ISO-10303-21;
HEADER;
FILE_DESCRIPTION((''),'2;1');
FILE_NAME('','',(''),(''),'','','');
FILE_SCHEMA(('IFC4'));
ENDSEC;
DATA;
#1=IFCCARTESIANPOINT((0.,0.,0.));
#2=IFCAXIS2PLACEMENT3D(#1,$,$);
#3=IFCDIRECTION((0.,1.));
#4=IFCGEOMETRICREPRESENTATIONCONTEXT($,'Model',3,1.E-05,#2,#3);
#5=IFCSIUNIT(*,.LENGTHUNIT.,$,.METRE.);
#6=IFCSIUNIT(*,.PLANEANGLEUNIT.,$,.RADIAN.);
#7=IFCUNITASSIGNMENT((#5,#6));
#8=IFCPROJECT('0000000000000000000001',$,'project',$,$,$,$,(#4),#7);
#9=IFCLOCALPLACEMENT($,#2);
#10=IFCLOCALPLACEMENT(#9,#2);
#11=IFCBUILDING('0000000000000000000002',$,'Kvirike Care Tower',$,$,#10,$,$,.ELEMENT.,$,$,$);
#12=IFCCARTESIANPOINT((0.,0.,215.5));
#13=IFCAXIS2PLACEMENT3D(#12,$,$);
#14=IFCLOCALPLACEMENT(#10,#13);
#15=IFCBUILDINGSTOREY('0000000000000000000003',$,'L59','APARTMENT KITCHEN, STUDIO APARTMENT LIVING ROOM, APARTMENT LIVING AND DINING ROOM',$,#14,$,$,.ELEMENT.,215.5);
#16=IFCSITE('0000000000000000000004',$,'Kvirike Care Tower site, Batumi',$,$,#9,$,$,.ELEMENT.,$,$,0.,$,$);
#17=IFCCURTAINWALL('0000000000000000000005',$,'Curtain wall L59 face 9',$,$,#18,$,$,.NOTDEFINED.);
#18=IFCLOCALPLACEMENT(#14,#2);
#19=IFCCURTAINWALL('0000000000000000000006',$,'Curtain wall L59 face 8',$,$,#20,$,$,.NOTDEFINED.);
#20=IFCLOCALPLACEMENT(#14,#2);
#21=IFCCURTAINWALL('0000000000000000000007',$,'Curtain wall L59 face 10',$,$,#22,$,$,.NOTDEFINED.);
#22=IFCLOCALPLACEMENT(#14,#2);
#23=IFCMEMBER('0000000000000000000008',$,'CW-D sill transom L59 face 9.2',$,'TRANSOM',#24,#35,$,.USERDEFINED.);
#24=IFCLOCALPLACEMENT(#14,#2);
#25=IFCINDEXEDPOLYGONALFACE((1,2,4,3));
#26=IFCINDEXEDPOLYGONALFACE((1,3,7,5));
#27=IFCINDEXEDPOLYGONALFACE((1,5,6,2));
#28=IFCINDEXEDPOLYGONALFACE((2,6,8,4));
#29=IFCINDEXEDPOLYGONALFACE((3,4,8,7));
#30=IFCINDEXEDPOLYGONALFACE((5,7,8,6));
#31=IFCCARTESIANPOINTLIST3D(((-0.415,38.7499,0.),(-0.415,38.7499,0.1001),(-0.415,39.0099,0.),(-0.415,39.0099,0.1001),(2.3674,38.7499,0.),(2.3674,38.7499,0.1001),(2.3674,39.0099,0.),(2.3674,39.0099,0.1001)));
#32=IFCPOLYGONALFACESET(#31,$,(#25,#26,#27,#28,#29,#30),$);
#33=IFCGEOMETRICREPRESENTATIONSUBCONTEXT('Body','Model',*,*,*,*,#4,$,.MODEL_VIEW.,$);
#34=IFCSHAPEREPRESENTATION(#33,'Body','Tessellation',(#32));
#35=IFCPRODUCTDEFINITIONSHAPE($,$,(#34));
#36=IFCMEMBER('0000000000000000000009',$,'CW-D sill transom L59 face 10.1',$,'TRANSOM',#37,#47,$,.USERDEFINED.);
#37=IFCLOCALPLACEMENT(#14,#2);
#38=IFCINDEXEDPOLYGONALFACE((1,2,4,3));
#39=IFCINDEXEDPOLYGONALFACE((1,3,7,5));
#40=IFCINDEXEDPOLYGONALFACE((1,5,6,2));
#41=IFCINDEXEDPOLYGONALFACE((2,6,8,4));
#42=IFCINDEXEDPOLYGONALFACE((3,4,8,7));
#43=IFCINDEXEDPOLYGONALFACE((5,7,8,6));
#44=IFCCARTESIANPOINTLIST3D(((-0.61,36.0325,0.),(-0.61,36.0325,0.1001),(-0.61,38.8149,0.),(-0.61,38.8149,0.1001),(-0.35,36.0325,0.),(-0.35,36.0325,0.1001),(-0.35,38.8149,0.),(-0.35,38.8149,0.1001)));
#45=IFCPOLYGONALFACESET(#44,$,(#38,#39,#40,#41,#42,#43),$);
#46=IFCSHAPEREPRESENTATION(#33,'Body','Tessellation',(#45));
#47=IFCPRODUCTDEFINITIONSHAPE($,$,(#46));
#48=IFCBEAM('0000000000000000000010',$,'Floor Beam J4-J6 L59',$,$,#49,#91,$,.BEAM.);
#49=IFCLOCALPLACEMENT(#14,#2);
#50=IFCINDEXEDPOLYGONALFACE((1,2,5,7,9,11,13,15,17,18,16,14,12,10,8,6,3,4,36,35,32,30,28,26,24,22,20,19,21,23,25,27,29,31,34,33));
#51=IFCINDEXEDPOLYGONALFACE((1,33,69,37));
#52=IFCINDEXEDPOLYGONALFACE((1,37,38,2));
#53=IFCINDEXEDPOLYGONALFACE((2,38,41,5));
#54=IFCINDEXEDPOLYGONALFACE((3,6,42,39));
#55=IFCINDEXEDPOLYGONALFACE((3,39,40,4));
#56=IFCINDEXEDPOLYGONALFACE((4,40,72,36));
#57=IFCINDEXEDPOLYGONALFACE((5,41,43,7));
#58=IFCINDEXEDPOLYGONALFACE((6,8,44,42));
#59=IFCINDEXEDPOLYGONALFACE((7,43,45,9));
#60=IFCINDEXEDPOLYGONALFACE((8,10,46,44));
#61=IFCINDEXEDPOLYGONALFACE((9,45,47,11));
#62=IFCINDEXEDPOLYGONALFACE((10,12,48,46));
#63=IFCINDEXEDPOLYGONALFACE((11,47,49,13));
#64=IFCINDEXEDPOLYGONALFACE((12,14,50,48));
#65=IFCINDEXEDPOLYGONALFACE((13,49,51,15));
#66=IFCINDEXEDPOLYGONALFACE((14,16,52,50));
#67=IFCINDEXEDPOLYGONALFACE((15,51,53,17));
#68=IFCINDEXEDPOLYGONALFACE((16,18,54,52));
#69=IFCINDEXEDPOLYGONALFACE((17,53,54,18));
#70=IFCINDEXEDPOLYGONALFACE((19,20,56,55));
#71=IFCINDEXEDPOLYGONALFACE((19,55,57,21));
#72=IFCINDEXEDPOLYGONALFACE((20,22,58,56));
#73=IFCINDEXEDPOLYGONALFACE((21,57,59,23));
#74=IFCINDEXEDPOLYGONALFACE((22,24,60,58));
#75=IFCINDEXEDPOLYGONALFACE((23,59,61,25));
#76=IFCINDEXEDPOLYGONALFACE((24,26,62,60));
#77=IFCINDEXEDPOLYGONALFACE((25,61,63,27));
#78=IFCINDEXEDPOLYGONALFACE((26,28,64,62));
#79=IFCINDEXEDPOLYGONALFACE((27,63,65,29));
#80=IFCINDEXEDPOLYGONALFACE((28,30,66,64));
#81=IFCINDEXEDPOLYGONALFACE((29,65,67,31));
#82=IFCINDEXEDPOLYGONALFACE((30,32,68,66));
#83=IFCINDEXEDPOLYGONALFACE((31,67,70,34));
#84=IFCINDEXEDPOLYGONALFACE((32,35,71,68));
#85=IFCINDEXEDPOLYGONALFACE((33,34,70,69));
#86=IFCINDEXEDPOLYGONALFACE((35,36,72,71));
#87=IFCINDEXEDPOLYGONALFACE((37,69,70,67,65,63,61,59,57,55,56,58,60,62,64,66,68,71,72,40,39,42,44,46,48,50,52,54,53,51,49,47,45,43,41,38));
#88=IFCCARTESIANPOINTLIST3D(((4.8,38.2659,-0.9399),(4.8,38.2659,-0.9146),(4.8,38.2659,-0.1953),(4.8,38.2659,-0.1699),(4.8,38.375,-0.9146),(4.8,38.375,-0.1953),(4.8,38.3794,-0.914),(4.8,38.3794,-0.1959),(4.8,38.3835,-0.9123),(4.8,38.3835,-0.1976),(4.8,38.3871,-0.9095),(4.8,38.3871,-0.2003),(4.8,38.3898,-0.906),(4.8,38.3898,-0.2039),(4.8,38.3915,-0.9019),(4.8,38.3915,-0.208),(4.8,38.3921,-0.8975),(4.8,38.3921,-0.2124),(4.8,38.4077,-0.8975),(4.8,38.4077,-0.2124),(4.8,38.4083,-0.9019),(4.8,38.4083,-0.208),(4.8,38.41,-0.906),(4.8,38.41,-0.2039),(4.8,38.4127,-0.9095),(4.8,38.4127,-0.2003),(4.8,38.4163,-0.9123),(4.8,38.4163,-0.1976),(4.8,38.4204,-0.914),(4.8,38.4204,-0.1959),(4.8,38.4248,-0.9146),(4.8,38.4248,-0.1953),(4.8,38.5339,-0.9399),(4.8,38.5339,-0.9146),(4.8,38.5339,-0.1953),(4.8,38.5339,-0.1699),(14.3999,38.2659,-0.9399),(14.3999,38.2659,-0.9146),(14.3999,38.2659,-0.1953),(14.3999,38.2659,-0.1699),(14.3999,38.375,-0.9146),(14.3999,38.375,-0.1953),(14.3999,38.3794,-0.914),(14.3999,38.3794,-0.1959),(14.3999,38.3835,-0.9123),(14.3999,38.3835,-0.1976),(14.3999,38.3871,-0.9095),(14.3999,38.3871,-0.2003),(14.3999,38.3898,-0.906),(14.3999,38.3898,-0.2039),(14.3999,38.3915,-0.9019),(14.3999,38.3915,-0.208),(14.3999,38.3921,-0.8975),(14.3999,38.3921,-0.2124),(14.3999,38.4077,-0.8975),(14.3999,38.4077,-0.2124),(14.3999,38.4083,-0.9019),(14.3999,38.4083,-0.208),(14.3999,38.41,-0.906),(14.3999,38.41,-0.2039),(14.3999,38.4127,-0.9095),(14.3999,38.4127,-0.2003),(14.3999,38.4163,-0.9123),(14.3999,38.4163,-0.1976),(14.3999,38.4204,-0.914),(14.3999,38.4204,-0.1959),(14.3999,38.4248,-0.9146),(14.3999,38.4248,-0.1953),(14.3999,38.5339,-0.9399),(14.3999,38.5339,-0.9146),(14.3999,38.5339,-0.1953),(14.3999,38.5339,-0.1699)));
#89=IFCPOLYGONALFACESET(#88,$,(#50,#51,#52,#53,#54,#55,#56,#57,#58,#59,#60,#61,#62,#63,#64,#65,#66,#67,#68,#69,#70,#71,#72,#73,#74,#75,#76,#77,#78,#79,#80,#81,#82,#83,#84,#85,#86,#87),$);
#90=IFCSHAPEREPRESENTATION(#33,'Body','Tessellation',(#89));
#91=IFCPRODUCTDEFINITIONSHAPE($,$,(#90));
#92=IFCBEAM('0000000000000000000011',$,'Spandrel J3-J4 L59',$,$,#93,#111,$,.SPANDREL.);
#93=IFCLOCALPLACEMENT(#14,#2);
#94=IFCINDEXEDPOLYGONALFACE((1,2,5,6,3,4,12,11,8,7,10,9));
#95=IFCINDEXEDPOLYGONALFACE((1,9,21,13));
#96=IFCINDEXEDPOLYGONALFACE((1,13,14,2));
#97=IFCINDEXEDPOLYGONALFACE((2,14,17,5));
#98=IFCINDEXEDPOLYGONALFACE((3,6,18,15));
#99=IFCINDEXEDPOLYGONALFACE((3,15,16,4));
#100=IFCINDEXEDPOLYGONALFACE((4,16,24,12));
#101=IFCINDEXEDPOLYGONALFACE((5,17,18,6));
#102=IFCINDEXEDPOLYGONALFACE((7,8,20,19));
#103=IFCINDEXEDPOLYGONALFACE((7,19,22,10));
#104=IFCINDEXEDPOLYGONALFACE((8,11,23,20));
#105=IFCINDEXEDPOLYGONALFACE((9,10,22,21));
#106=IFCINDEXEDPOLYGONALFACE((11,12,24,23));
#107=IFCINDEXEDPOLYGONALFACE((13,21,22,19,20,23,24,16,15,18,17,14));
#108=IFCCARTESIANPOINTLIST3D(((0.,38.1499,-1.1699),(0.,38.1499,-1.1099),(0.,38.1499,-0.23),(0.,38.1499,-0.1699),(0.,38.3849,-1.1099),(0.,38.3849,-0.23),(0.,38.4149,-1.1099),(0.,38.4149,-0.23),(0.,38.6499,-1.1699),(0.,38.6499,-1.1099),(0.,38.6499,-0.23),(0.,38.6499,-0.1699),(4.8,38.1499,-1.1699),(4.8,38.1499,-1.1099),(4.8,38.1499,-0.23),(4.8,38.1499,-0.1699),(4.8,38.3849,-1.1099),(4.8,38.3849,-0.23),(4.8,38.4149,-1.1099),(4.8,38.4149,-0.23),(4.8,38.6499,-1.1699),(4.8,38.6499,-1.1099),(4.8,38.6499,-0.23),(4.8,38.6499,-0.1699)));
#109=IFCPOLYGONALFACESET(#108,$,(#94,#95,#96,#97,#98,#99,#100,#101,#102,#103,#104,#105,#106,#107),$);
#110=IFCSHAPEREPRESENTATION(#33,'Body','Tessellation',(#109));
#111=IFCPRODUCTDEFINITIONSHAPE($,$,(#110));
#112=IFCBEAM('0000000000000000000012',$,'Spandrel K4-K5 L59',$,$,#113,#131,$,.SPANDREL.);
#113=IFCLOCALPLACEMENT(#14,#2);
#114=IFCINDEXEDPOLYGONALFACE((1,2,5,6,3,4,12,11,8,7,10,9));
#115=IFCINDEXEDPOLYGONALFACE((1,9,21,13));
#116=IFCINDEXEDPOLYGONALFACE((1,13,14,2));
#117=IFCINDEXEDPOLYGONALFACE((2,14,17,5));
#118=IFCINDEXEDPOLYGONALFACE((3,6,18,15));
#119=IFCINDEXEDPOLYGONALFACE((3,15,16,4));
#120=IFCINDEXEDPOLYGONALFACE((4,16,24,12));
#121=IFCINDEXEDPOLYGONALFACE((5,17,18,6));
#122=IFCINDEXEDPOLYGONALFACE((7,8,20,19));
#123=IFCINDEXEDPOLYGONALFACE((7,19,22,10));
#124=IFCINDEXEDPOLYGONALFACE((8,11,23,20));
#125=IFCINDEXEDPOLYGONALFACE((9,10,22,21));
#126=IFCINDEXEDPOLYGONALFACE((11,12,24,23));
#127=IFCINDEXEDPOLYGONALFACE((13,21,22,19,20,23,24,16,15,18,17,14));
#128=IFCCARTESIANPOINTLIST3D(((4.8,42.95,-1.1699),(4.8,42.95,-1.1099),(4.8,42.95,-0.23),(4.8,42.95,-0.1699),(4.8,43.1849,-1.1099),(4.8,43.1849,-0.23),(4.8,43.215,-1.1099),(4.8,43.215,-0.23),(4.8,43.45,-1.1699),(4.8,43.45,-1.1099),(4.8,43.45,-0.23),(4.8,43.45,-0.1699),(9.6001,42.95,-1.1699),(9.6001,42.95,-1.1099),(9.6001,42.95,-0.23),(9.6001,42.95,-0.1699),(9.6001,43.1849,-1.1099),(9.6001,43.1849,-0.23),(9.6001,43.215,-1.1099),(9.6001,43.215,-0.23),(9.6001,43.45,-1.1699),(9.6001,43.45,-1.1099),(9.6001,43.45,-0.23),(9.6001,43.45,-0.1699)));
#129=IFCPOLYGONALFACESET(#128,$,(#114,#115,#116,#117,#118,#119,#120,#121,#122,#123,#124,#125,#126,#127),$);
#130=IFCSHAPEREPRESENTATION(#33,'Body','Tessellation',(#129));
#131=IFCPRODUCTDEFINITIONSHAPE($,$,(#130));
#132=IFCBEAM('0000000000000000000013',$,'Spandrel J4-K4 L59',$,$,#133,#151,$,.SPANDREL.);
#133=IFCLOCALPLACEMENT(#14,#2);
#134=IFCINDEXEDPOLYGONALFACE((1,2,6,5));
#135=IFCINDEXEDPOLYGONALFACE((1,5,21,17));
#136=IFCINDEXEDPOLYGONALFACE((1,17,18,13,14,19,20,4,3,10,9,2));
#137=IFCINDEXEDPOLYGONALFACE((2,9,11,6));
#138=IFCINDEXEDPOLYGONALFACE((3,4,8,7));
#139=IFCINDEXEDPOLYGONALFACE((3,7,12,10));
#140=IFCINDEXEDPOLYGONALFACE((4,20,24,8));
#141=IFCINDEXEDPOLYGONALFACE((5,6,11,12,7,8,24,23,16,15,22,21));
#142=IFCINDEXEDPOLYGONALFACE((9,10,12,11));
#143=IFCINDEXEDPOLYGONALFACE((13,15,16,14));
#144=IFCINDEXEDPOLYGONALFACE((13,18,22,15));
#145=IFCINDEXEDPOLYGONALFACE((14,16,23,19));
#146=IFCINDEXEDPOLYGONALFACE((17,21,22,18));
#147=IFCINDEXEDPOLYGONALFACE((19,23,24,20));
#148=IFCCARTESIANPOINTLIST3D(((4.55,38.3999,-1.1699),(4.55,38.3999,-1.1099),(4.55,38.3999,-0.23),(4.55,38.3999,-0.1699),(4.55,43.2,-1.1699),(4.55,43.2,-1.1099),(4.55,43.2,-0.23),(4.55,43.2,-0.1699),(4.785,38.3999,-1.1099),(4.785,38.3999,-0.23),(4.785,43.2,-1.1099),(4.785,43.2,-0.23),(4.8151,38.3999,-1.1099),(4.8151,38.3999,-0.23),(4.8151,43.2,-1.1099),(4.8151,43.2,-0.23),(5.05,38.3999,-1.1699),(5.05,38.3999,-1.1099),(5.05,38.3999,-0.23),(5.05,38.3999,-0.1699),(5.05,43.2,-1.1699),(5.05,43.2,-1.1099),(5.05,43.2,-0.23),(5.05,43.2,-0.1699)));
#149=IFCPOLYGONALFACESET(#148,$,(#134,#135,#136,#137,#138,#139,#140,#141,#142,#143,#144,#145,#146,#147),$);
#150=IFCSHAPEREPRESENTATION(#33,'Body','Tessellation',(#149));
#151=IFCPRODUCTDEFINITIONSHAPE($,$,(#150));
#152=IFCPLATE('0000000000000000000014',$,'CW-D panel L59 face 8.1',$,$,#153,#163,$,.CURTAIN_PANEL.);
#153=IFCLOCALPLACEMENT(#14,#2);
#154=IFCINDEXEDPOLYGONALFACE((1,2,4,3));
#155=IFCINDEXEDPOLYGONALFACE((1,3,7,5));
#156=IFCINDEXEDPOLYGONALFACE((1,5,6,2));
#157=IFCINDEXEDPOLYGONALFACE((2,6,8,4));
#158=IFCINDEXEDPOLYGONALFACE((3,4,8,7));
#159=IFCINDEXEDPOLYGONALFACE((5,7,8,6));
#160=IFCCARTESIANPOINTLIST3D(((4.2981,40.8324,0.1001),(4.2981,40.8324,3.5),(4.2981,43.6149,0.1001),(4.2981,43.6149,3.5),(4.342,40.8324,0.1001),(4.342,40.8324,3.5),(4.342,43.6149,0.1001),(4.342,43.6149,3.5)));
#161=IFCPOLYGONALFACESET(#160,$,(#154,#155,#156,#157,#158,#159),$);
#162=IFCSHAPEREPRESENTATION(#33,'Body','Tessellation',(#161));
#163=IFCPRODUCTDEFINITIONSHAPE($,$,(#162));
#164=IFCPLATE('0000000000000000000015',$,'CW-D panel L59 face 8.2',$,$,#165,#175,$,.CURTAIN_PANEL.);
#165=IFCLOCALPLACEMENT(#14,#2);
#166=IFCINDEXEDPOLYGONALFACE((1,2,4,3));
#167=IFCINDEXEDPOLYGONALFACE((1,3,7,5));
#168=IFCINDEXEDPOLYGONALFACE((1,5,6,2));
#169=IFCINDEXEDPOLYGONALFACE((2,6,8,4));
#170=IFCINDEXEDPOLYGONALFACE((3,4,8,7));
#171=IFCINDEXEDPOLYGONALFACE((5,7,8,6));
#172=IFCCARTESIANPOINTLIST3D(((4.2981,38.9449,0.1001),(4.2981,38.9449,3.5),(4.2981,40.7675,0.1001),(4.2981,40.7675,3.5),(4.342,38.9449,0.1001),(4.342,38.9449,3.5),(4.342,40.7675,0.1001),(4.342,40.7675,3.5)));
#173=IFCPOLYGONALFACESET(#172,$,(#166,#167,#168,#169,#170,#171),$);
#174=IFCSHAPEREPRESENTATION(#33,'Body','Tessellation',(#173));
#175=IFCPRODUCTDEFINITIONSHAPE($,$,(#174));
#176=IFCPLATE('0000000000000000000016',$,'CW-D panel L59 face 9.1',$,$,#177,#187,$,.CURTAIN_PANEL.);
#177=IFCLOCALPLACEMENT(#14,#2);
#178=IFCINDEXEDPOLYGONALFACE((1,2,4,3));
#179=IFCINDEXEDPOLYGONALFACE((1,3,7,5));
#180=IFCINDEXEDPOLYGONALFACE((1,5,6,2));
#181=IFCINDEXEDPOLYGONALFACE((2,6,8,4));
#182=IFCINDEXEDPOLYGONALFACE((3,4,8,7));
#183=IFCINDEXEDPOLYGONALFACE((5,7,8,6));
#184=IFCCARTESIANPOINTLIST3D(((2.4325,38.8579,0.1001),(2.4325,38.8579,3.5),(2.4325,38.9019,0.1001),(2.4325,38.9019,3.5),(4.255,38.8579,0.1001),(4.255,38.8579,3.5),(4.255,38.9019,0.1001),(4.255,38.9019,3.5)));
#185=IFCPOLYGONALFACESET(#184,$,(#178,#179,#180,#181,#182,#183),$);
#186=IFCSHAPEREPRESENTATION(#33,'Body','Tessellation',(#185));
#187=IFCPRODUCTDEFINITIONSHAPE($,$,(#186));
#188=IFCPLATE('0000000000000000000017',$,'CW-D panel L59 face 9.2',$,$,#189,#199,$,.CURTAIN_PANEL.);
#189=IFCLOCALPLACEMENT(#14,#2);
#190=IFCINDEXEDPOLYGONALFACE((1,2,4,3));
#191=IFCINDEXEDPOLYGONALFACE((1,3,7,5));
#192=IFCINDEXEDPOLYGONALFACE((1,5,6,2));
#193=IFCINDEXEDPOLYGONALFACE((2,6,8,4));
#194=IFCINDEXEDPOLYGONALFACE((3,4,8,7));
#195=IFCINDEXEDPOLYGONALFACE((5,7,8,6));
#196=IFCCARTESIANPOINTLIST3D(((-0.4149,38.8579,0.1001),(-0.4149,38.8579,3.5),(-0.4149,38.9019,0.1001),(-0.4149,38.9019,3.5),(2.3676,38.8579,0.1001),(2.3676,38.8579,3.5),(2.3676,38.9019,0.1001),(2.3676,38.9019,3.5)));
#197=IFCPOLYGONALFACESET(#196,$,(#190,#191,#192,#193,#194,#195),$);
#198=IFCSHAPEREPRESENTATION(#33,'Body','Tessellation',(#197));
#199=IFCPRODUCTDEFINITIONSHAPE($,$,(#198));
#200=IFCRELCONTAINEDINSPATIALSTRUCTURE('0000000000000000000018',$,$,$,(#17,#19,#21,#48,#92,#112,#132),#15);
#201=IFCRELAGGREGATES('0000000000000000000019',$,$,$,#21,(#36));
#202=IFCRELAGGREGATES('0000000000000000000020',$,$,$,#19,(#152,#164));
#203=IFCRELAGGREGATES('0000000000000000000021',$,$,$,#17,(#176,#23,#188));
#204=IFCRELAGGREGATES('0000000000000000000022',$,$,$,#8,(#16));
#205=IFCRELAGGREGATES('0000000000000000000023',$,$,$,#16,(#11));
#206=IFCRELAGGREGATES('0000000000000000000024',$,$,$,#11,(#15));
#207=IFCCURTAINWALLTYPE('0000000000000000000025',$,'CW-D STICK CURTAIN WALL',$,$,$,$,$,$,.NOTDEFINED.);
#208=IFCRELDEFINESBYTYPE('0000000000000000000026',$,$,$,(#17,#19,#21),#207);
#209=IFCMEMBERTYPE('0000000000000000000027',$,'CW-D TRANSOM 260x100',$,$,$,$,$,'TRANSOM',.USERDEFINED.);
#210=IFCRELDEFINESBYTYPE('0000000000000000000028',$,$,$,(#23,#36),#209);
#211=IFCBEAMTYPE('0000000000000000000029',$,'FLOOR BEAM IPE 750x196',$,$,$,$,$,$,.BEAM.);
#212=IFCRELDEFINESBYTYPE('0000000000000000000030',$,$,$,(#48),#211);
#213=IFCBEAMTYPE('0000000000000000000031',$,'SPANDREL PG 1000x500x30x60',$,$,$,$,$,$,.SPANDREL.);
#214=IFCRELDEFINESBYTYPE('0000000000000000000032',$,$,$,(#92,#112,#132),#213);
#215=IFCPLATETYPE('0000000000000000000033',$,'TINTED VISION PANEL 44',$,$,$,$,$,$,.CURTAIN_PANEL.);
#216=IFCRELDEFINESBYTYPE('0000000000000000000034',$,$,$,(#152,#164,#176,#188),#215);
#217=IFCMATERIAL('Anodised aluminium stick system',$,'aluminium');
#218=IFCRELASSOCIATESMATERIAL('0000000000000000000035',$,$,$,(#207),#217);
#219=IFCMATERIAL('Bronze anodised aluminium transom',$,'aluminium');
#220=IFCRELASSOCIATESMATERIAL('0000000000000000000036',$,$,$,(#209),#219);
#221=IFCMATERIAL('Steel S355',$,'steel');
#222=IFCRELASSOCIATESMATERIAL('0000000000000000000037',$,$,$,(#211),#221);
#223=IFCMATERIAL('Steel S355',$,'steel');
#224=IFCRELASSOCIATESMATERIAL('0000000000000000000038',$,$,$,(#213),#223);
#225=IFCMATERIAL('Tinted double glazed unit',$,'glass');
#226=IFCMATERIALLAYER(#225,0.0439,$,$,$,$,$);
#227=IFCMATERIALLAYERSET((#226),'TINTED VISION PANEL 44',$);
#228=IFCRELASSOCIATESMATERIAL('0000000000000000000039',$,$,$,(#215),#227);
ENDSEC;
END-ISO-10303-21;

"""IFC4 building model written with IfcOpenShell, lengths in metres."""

from ifc_helpers import new_model, si_unit, direction, frame, origin, origin_2d, place, context, subcontext, project, spatial, rectangle, i_section, extrude, material, layer, layer_set, material_profile, profile_set, type_object, element, aggregate, save


model = new_model("IFC4")

# Units and contexts
model_context = context("Model", 3, precision=1e-05, world=origin(), true_north=direction((0.0, 1.0)))
body_context = subcontext(model_context, "Body", "Model", "MODEL_VIEW")
ifc_project = project(units=[si_unit("LENGTHUNIT", "METRE"), si_unit("PLANEANGLEUNIT", "RADIAN")], contexts=[model_context])

# Site, building, storey
site_placement = place(None, origin())
site = spatial("IfcSite", under=ifc_project, at=site_placement, Name="Kvirike Care Tower site, Batumi", CompositionType="ELEMENT", RefElevation=0.0)
building_placement = place(site_placement, origin())
building = spatial("IfcBuilding", under=site, at=building_placement, Name="Kvirike Care Tower", CompositionType="ELEMENT")
storey_placement = place(building_placement, frame((0.0, 0.0, 215.5)))
storey = spatial("IfcBuildingStorey", under=building, at=storey_placement, Name="L59", Description="APARTMENT KITCHEN, STUDIO APARTMENT LIVING ROOM, APARTMENT LIVING AND DINING ROOM", CompositionType="ELEMENT", Elevation=215.5)

# Curtain wall
ifc_material_1 = material(Name="Anodised aluminium stick system", Category="aluminium")
curtain_wall_type = type_object("IfcCurtainWallType", Name="CW-D STICK CURTAIN WALL", PredefinedType="NOTDEFINED", material=ifc_material_1)
curtain_wall_1_placement = place(storey_placement, origin())
curtain_wall_1 = element("IfcCurtainWall", 1, at=curtain_wall_1_placement, inside=storey, type_object=curtain_wall_type, Name="Curtain wall L59 face 9", PredefinedType="NOTDEFINED")

# Curtain wall
curtain_wall_2_placement = place(storey_placement, origin())
curtain_wall_2 = element("IfcCurtainWall", 2, at=curtain_wall_2_placement, inside=storey, type_object=curtain_wall_type, Name="Curtain wall L59 face 8", PredefinedType="NOTDEFINED")

# Curtain wall
curtain_wall_3_placement = place(storey_placement, origin())
curtain_wall_3 = element("IfcCurtainWall", 3, at=curtain_wall_3_placement, inside=storey, type_object=curtain_wall_type, Name="Curtain wall L59 face 10", PredefinedType="NOTDEFINED")

# Members
ifc_material_2 = material(Name="Bronze anodised aluminium transom", Category="aluminium")
ifc_material_profile_1 = material_profile(ifc_material_2, rectangle(XDim=0.26, YDim=0.1001, at=origin_2d()), Name="CW-D TRANSOM 260x100")
ifc_profile_set_1 = profile_set([ifc_material_profile_1], Name="Bronze anodised aluminium transom")
member_type_1 = type_object("IfcMemberType", Name="CW-D TRANSOM 260x100", ElementType="TRANSOM", PredefinedType="USERDEFINED", material=ifc_profile_set_1)
member_1_placement = place(storey_placement, frame((2.3674, 38.8799, 0.05), z_axis=(-1.0, 0.0, 0.0), x_axis=(0.0, -1.0, 0.0)))
member_1 = element("IfcMember", 4, at=member_1_placement, type_object=member_type_1, Name="CW-D sill transom L59 face 9.2", ObjectType="TRANSOM", PredefinedType="USERDEFINED", context=body_context, shape_type="SweptSolid", body=[
    extrude(rectangle(XDim=0.26, YDim=0.1001, at=origin_2d()), origin(), (0.0, 0.0, 1.0), 2.7825),
])
member_2_placement = place(storey_placement, frame((-0.48, 38.8149, 0.05), z_axis=(0.0, -1.0, 0.0), x_axis=(1.0, 0.0, 0.0)))
member_2 = element("IfcMember", 5, at=member_2_placement, type_object=member_type_1, Name="CW-D sill transom L59 face 10.1", ObjectType="TRANSOM", PredefinedType="USERDEFINED", context=body_context, shape_type="SweptSolid", body=[
    extrude(rectangle(XDim=0.26, YDim=0.1001, at=origin_2d()), origin(), (0.0, 0.0, 1.0), 2.7825),
])
aggregate(curtain_wall_3, [member_2])

# Beams
ifc_material_3 = material(Name="Steel S355", Category="steel")
ifc_material_profile_2 = material_profile(ifc_material_3, i_section(OverallWidth=0.2681, OverallDepth=0.77, WebThickness=0.0156, FlangeThickness=0.0254, FilletRadius=0.0171, at=origin_2d()), Name="IPE 750x196")
ifc_profile_set_2 = profile_set([ifc_material_profile_2], Name="Steel S355")
beam_type_1 = type_object("IfcBeamType", Name="FLOOR BEAM IPE 750x196", PredefinedType="BEAM", material=ifc_profile_set_2)
beam_placement = place(storey_placement, frame((4.8, 38.3999, -0.5549), z_axis=(1.0, 0.0, 0.0), x_axis=(0.0, 1.0, 0.0)))
element("IfcBeam", 6, at=beam_placement, inside=storey, type_object=beam_type_1, Name="Floor Beam J4-J6 L59", PredefinedType="BEAM", context=body_context, shape_type="SweptSolid", body=[
    extrude(i_section(OverallWidth=0.2681, OverallDepth=0.77, WebThickness=0.0156, FlangeThickness=0.0254, FilletRadius=0.0171, at=origin_2d()), origin(), (0.0, 0.0, 1.0), 9.5999),
])
ifc_material_4 = material(Name="Steel S355", Category="steel")
ifc_material_profile_3 = material_profile(ifc_material_4, i_section(OverallWidth=0.5, OverallDepth=1.0, WebThickness=0.03, FlangeThickness=0.0601, at=origin_2d()), Name="PG 1000x500x30x60")
ifc_profile_set_3 = profile_set([ifc_material_profile_3], Name="Steel S355")
beam_type_2 = type_object("IfcBeamType", Name="SPANDREL PG 1000x500x30x60", PredefinedType="SPANDREL", material=ifc_profile_set_3)
for number, where, z_axis, x_axis, name in (
    (7, (0.0, 38.3999, -0.6699), (1.0, 0.0, 0.0), (0.0, 1.0, 0.0), "Spandrel J3-J4 L59"),
    (8, (4.8, 43.2, -0.6699), (1.0, 0.0, 0.0), (0.0, 1.0, 0.0), "Spandrel K4-K5 L59"),
    (9, (4.8, 38.3999, -0.6699), (0.0, 1.0, 0.0), (-1.0, 0.0, 0.0), "Spandrel J4-K4 L59"),
):
    element("IfcBeam", number, at=place(storey_placement, frame(where, z_axis=z_axis, x_axis=x_axis)), inside=storey, type_object=beam_type_2, Name=name, PredefinedType="SPANDREL", context=body_context, shape_type="SweptSolid", body=[
        extrude(i_section(OverallWidth=0.5, OverallDepth=1.0, WebThickness=0.03, FlangeThickness=0.0601, at=origin_2d()), origin(), (0.0, 0.0, 1.0), 4.8),
    ])

# Plates
ifc_material_5 = material(Name="Tinted double glazed unit", Category="glass")
ifc_layer_1 = layer(ifc_material_5, 0.0439)
ifc_layer_set_1 = layer_set([ifc_layer_1], Name="TINTED VISION PANEL 44")
plate_type = type_object("IfcPlateType", Name="TINTED VISION PANEL 44", PredefinedType="CURTAIN_PANEL", material=ifc_layer_set_1)
plate_1_placement = place(storey_placement, frame((4.3201, 42.2236, 0.1001), z_axis=(0.0, 0.0, 1.0), x_axis=(0.0, -1.0, 0.0)))
plate_1 = element("IfcPlate", 10, at=plate_1_placement, type_object=plate_type, Name="CW-D panel L59 face 8.1", PredefinedType="CURTAIN_PANEL", context=body_context, shape_type="SweptSolid", body=[
    extrude(rectangle(XDim=2.7825, YDim=0.0439, at=origin_2d()), origin(), (0.0, 0.0, 1.0), 3.3999),
])
plate_2_placement = place(storey_placement, frame((4.3201, 39.8562, 0.1001), z_axis=(0.0, 0.0, 1.0), x_axis=(0.0, -1.0, 0.0)))
plate_2 = element("IfcPlate", 11, at=plate_2_placement, type_object=plate_type, Name="CW-D panel L59 face 8.2", PredefinedType="CURTAIN_PANEL", context=body_context, shape_type="SweptSolid", body=[
    extrude(rectangle(XDim=1.8225, YDim=0.0439, at=origin_2d()), origin(), (0.0, 0.0, 1.0), 3.3999),
])
aggregate(curtain_wall_2, [plate_1, plate_2])
plate_3_placement = place(storey_placement, frame((3.3438, 38.8799, 0.1001), z_axis=(0.0, 0.0, 1.0), x_axis=(-1.0, 0.0, 0.0)))
plate_3 = element("IfcPlate", 12, at=plate_3_placement, type_object=plate_type, Name="CW-D panel L59 face 9.1", PredefinedType="CURTAIN_PANEL", context=body_context, shape_type="SweptSolid", body=[
    extrude(rectangle(XDim=1.8225, YDim=0.0439, at=origin_2d()), origin(), (0.0, 0.0, 1.0), 3.3999),
])
plate_4_placement = place(storey_placement, frame((0.9763, 38.8799, 0.1001), z_axis=(0.0, 0.0, 1.0), x_axis=(-1.0, 0.0, 0.0)))
plate_4 = element("IfcPlate", 13, at=plate_4_placement, type_object=plate_type, Name="CW-D panel L59 face 9.2", PredefinedType="CURTAIN_PANEL", context=body_context, shape_type="SweptSolid", body=[
    extrude(rectangle(XDim=2.7825, YDim=0.0439, at=origin_2d()), origin(), (0.0, 0.0, 1.0), 3.3999),
])
aggregate(curtain_wall_1, [plate_3, member_1, plate_4])

save(model, "model.ifc")
